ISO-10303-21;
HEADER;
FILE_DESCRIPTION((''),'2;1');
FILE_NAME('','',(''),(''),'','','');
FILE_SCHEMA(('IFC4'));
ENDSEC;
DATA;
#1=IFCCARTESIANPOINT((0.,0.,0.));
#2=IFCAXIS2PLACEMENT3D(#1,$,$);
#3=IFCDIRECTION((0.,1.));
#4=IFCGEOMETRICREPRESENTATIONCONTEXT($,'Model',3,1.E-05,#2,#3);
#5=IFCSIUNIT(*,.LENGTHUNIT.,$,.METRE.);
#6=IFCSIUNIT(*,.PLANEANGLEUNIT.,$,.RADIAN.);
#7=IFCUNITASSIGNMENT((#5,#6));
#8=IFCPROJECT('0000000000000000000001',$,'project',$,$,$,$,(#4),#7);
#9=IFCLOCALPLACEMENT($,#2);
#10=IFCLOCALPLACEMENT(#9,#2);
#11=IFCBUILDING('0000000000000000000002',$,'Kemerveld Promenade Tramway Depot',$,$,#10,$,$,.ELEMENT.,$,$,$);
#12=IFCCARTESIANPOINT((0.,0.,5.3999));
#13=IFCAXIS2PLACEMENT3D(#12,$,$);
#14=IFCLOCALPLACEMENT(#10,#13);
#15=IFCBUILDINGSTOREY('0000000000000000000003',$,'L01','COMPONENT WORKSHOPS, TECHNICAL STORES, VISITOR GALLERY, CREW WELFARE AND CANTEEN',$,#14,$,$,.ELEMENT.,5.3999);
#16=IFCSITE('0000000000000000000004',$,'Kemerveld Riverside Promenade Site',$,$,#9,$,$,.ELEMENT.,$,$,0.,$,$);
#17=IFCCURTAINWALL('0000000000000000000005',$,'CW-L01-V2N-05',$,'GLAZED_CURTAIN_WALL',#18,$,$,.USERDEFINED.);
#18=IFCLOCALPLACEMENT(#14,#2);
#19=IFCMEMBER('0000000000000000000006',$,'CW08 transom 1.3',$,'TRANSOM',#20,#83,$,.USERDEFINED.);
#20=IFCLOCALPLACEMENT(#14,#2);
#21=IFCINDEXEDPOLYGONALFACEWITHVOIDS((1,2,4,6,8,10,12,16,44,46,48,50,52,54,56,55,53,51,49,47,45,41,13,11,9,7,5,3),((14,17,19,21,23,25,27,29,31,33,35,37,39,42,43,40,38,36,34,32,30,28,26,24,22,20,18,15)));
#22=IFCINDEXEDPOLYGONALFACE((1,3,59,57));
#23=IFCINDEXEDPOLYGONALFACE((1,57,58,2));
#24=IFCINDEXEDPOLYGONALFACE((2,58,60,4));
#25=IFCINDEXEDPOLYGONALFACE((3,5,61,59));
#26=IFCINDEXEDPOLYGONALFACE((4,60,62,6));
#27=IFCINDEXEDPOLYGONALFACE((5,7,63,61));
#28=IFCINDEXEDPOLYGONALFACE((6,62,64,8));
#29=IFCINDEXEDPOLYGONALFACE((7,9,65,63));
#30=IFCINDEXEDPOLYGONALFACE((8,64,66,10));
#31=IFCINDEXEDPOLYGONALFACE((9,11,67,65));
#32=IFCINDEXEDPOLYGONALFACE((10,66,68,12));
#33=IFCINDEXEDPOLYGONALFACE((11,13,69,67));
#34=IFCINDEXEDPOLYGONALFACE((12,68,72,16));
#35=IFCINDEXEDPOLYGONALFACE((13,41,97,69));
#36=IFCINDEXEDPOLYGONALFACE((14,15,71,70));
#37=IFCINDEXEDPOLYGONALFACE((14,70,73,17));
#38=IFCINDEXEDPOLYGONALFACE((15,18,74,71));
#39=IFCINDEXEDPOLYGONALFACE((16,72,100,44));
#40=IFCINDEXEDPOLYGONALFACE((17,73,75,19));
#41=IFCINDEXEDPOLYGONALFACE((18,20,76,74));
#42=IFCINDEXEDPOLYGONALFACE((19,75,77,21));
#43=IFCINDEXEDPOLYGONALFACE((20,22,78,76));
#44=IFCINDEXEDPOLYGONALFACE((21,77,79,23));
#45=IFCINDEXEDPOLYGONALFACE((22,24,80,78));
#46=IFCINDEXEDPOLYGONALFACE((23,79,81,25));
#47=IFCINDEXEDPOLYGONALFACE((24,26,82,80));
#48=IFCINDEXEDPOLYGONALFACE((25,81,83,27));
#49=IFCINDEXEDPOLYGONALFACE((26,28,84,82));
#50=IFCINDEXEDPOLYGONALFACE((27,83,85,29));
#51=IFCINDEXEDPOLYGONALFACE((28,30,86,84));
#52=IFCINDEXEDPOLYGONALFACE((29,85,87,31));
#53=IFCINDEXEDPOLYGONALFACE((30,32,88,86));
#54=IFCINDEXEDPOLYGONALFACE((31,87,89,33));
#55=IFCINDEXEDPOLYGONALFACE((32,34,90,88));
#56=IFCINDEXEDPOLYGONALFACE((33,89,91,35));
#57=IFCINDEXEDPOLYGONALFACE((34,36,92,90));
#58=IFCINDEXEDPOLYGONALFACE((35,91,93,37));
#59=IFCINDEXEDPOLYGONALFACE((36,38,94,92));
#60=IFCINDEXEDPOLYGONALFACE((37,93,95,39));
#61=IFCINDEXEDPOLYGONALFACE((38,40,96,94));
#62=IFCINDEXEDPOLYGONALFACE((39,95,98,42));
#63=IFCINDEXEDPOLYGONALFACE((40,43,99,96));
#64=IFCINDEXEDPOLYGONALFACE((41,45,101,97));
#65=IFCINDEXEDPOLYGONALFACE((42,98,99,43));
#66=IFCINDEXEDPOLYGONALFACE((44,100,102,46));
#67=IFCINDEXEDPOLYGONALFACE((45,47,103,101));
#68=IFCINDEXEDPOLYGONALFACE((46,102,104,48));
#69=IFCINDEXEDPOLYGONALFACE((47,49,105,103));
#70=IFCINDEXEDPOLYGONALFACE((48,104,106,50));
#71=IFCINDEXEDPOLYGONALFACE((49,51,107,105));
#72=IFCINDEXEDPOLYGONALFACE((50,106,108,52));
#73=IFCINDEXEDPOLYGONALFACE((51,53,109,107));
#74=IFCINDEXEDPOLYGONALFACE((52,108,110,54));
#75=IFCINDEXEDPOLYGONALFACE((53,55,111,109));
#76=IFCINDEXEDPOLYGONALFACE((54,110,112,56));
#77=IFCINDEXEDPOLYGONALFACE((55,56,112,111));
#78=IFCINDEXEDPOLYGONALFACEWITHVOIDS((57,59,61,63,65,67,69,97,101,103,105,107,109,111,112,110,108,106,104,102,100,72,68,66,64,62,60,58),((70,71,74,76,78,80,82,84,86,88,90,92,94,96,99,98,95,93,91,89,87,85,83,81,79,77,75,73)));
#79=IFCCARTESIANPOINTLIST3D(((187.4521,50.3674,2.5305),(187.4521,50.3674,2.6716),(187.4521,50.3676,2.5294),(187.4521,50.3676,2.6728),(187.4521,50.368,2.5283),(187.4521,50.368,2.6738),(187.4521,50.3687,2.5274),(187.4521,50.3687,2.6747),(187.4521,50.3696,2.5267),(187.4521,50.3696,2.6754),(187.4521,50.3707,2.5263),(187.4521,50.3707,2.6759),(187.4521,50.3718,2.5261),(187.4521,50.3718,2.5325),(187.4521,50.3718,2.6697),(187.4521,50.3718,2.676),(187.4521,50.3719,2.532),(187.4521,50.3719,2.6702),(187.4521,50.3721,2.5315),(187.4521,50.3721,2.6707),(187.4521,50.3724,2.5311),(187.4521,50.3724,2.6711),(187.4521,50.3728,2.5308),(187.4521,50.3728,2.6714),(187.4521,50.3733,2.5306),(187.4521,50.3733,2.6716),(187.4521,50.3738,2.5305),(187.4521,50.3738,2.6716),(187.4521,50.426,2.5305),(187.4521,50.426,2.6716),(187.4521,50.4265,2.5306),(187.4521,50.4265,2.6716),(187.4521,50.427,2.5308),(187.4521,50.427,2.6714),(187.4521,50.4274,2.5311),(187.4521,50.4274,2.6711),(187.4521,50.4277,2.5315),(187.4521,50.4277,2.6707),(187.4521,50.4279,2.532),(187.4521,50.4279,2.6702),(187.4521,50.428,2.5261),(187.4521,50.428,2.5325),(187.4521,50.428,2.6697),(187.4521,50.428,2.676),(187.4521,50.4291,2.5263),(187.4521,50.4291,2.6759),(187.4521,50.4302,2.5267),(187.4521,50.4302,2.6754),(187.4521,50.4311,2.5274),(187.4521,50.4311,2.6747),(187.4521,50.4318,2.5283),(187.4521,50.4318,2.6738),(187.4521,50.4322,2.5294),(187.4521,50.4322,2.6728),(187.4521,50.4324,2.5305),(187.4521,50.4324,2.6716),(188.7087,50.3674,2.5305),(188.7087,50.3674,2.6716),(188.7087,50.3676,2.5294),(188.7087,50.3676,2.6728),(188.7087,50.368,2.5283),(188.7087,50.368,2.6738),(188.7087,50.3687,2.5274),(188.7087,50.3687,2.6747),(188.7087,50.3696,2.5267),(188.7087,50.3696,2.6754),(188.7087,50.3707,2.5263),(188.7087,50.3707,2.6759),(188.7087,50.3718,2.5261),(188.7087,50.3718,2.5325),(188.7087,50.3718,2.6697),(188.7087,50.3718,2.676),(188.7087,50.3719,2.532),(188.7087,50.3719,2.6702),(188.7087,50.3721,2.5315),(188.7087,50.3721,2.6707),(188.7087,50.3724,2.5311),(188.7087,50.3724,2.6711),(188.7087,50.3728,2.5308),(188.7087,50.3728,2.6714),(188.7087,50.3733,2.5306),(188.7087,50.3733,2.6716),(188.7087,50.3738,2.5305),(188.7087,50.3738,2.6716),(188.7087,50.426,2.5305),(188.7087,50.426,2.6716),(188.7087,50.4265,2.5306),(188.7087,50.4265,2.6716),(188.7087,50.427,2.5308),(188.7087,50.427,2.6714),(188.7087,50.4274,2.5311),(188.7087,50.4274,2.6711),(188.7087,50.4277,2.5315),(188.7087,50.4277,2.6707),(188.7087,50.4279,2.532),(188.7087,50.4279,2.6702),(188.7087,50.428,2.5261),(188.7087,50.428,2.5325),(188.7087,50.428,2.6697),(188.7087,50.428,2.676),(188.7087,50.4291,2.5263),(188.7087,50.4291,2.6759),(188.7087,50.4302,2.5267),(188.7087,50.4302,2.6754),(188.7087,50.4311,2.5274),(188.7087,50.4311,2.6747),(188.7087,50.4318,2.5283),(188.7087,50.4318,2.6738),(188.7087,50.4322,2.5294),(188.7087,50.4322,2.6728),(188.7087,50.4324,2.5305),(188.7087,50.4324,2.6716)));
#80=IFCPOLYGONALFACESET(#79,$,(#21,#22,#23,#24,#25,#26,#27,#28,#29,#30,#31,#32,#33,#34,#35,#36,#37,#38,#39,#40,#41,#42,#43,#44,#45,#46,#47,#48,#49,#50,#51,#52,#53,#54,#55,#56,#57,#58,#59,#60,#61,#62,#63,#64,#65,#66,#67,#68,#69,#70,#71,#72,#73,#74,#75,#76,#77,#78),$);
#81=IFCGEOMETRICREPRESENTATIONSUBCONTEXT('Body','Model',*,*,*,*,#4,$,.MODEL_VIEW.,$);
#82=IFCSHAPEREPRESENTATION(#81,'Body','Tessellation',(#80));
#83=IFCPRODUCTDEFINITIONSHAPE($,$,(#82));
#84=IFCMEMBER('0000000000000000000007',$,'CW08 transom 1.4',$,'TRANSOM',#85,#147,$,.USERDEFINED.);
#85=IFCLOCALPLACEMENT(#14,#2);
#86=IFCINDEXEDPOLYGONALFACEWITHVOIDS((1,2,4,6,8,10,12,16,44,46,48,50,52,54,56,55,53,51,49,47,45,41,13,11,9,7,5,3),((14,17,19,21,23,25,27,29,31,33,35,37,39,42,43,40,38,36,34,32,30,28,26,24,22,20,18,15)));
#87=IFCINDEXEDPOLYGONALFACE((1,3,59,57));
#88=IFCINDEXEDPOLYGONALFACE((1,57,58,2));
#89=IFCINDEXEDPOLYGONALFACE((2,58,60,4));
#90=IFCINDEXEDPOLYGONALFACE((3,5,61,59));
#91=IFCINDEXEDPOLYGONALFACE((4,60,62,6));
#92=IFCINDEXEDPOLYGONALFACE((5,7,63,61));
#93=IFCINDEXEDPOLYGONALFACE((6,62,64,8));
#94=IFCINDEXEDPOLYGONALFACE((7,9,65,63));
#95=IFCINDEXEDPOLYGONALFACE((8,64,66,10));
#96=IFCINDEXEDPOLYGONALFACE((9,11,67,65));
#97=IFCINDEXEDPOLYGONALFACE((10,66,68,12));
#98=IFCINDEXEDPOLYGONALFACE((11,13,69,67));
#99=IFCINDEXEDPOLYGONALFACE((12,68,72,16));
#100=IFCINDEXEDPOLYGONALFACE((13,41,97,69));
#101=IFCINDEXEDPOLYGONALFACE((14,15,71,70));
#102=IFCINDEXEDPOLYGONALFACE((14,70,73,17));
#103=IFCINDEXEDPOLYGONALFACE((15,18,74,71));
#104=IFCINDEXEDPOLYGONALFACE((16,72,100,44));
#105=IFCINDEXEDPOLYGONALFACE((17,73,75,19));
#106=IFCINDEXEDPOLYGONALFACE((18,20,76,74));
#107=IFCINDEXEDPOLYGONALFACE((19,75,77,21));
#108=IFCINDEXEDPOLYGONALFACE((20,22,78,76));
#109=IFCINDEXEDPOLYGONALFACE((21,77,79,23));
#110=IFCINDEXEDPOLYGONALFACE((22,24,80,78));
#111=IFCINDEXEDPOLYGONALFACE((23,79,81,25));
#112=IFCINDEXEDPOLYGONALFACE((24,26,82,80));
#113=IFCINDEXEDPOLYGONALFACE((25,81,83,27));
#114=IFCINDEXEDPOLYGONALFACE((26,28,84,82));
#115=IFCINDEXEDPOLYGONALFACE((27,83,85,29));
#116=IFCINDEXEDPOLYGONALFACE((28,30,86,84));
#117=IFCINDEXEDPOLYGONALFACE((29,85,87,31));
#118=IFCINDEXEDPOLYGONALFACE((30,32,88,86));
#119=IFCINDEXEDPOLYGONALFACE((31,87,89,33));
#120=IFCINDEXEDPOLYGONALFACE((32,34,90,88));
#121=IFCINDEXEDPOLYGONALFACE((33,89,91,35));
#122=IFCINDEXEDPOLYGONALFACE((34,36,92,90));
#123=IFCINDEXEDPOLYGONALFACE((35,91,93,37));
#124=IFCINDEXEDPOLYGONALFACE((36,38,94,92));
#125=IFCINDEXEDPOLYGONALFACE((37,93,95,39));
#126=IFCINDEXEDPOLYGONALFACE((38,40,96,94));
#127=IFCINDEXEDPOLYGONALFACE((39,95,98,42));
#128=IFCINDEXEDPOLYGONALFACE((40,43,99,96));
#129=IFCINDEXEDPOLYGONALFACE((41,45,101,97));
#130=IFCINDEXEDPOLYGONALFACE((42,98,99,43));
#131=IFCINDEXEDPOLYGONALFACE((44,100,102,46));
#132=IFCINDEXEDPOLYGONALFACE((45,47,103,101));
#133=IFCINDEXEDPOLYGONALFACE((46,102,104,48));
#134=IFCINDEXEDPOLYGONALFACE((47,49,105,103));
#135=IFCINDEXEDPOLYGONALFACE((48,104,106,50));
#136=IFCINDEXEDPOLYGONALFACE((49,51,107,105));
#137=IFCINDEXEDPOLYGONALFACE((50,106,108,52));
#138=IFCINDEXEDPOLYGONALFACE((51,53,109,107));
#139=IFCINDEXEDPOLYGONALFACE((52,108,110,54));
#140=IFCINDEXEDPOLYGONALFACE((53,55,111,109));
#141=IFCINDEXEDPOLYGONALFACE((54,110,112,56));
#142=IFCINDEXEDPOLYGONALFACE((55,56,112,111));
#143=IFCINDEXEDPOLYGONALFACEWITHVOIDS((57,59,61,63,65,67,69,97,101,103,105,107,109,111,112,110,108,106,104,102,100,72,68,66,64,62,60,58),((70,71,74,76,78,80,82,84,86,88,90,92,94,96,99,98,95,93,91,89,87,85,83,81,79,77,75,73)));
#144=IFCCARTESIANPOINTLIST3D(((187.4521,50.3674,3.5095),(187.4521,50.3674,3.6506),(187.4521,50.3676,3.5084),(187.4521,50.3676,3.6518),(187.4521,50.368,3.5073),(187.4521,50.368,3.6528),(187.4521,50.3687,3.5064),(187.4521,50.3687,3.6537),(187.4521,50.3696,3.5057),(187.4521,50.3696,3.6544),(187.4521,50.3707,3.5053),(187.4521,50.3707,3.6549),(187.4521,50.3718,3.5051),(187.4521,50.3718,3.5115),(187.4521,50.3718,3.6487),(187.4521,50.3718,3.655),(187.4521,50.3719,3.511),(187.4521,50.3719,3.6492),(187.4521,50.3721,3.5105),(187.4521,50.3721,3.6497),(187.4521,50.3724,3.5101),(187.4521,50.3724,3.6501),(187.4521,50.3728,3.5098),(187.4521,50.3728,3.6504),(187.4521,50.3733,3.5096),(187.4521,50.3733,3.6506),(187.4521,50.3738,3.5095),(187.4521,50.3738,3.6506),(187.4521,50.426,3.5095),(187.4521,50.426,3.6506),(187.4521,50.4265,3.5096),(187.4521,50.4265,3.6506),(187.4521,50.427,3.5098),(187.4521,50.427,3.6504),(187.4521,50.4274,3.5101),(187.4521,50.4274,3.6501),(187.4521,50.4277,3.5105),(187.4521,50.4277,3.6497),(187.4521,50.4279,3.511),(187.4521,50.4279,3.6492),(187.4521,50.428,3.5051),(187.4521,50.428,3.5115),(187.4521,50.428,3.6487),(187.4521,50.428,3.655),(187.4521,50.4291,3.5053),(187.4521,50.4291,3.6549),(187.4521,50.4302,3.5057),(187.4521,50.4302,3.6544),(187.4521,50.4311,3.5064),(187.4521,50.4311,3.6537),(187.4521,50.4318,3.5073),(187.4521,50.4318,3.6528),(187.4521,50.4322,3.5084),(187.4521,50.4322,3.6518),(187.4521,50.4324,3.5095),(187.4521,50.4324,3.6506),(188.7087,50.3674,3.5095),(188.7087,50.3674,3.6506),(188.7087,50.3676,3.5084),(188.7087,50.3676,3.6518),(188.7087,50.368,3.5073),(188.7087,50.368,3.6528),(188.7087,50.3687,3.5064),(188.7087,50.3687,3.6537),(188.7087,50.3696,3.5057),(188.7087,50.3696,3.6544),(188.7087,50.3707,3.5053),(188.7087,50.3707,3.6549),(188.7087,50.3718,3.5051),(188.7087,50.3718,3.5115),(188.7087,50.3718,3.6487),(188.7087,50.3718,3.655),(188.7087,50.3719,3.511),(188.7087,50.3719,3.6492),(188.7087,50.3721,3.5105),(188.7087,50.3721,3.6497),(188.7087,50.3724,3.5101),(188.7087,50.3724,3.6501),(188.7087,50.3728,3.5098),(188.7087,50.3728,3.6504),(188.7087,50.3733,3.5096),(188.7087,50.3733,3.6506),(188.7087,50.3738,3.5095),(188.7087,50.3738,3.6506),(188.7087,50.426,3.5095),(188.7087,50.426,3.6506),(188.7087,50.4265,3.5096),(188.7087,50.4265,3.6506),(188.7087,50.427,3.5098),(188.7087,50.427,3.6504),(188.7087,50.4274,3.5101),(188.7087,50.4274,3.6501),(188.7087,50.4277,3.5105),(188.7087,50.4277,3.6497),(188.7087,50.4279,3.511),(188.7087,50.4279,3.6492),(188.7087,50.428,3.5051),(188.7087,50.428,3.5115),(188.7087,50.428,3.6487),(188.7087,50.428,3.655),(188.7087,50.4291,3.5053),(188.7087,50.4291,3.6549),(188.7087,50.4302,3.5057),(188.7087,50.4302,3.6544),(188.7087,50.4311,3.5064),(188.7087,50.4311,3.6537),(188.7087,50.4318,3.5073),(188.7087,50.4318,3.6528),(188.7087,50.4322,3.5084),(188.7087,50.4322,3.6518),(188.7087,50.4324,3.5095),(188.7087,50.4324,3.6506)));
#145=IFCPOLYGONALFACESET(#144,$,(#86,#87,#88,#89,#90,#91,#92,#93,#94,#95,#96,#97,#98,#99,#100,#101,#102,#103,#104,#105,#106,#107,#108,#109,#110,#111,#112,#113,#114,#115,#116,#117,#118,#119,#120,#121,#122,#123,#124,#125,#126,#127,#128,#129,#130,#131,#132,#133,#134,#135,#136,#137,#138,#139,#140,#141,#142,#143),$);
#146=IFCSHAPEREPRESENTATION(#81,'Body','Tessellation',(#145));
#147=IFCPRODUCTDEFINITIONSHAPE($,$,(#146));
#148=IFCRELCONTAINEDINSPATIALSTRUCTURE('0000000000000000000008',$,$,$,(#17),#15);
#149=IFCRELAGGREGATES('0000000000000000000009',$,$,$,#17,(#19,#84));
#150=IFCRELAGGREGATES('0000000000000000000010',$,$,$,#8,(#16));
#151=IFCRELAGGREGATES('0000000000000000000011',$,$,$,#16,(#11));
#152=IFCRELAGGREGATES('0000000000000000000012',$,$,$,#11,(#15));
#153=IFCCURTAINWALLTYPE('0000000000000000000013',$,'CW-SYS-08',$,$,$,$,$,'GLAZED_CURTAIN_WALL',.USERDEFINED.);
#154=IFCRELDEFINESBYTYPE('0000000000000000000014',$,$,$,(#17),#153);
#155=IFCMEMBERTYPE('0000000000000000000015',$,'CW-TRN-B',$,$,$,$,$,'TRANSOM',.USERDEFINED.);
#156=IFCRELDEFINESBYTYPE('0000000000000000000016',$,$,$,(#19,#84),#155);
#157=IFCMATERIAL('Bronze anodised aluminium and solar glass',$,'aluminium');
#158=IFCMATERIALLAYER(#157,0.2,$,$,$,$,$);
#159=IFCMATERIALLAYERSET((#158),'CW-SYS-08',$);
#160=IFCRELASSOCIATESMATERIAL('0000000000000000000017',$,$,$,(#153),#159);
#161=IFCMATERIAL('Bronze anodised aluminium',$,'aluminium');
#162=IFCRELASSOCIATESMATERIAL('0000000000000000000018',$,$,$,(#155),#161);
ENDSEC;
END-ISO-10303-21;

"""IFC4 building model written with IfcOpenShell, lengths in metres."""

from ifc_helpers import new_model, si_unit, direction, frame, origin, origin_2d, place, context, subcontext, project, spatial, hollow_rectangle, extrude, material, layer, layer_set, material_profile, profile_set, type_object, element, aggregate, save


model = new_model("IFC4")

# Units and contexts
model_context = context("Model", 3, precision=1e-05, world=origin(), true_north=direction((0.0, 1.0)))
body_context = subcontext(model_context, "Body", "Model", "MODEL_VIEW")
ifc_project = project(units=[si_unit("LENGTHUNIT", "METRE"), si_unit("PLANEANGLEUNIT", "RADIAN")], contexts=[model_context])

# Site, building, storey
site_placement = place(None, origin())
site = spatial("IfcSite", under=ifc_project, at=site_placement, Name="Kemerveld Riverside Promenade Site", CompositionType="ELEMENT", RefElevation=0.0)
building_placement = place(site_placement, origin())
building = spatial("IfcBuilding", under=site, at=building_placement, Name="Kemerveld Promenade Tramway Depot", CompositionType="ELEMENT")
storey_placement = place(building_placement, frame((0.0, 0.0, 5.3999)))
storey = spatial("IfcBuildingStorey", under=building, at=storey_placement, Name="L01", Description="COMPONENT WORKSHOPS, TECHNICAL STORES, VISITOR GALLERY, CREW WELFARE AND CANTEEN", CompositionType="ELEMENT", Elevation=5.3999)

# Curtain wall
ifc_material_1 = material(Name="Bronze anodised aluminium and solar glass", Category="aluminium")
ifc_material_2 = material(Name="Bronze anodised aluminium", Category="aluminium")
ifc_layer_1 = layer(ifc_material_1, 0.2)
ifc_layer_set_1 = layer_set([ifc_layer_1], Name="CW-SYS-08")
curtain_wall_type_1 = type_object("IfcCurtainWallType", Name="CW-SYS-08", ElementType="GLAZED_CURTAIN_WALL", PredefinedType="USERDEFINED", material=ifc_layer_set_1)
curtain_wall_1_placement = place(storey_placement, origin())
curtain_wall_1 = element("IfcCurtainWall", 1, at=curtain_wall_1_placement, inside=storey, type_object=curtain_wall_type_1, Name="CW-L01-V2N-05", ObjectType="GLAZED_CURTAIN_WALL", PredefinedType="USERDEFINED")

# Members
ifc_material_profile_1 = material_profile(ifc_material_2, hollow_rectangle(XDim=0.0649, YDim=0.1499, WallThickness=0.0044, InnerFilletRadius=0.002, OuterFilletRadius=0.0044, at=origin_2d()), Name="CW-TRN-150x65")
ifc_profile_set_1 = profile_set([ifc_material_profile_1], Name="Bronze anodised aluminium")
member_type_1 = type_object("IfcMemberType", Name="CW-TRN-B", ElementType="TRANSOM", PredefinedType="USERDEFINED", material=ifc_profile_set_1)
member_1_placement = place(storey_placement, frame((187.4521, 50.3999, 2.6011), z_axis=(1.0, 0.0, 0.0), x_axis=(0.0, 1.0, 0.0)))
member_1 = element("IfcMember", 2, at=member_1_placement, type_object=member_type_1, Name="CW08 transom 1.3", ObjectType="TRANSOM", PredefinedType="USERDEFINED", context=body_context, shape_type="SweptSolid", body=[
    extrude(hollow_rectangle(XDim=0.0649, YDim=0.1499, WallThickness=0.0044, InnerFilletRadius=0.002, OuterFilletRadius=0.0044, at=origin_2d()), origin(), (0.0, 0.0, 1.0), 1.2566),
])
member_2_placement = place(storey_placement, frame((187.4521, 50.3999, 3.5801), z_axis=(1.0, 0.0, 0.0), x_axis=(0.0, 1.0, 0.0)))
member_2 = element("IfcMember", 3, at=member_2_placement, type_object=member_type_1, Name="CW08 transom 1.4", ObjectType="TRANSOM", PredefinedType="USERDEFINED", context=body_context, shape_type="SweptSolid", body=[
    extrude(hollow_rectangle(XDim=0.0649, YDim=0.1499, WallThickness=0.0044, InnerFilletRadius=0.002, OuterFilletRadius=0.0044, at=origin_2d()), origin(), (0.0, 0.0, 1.0), 1.2566),
])

aggregate(curtain_wall_1, [member_1, member_2])

save(model, "model.ifc")
